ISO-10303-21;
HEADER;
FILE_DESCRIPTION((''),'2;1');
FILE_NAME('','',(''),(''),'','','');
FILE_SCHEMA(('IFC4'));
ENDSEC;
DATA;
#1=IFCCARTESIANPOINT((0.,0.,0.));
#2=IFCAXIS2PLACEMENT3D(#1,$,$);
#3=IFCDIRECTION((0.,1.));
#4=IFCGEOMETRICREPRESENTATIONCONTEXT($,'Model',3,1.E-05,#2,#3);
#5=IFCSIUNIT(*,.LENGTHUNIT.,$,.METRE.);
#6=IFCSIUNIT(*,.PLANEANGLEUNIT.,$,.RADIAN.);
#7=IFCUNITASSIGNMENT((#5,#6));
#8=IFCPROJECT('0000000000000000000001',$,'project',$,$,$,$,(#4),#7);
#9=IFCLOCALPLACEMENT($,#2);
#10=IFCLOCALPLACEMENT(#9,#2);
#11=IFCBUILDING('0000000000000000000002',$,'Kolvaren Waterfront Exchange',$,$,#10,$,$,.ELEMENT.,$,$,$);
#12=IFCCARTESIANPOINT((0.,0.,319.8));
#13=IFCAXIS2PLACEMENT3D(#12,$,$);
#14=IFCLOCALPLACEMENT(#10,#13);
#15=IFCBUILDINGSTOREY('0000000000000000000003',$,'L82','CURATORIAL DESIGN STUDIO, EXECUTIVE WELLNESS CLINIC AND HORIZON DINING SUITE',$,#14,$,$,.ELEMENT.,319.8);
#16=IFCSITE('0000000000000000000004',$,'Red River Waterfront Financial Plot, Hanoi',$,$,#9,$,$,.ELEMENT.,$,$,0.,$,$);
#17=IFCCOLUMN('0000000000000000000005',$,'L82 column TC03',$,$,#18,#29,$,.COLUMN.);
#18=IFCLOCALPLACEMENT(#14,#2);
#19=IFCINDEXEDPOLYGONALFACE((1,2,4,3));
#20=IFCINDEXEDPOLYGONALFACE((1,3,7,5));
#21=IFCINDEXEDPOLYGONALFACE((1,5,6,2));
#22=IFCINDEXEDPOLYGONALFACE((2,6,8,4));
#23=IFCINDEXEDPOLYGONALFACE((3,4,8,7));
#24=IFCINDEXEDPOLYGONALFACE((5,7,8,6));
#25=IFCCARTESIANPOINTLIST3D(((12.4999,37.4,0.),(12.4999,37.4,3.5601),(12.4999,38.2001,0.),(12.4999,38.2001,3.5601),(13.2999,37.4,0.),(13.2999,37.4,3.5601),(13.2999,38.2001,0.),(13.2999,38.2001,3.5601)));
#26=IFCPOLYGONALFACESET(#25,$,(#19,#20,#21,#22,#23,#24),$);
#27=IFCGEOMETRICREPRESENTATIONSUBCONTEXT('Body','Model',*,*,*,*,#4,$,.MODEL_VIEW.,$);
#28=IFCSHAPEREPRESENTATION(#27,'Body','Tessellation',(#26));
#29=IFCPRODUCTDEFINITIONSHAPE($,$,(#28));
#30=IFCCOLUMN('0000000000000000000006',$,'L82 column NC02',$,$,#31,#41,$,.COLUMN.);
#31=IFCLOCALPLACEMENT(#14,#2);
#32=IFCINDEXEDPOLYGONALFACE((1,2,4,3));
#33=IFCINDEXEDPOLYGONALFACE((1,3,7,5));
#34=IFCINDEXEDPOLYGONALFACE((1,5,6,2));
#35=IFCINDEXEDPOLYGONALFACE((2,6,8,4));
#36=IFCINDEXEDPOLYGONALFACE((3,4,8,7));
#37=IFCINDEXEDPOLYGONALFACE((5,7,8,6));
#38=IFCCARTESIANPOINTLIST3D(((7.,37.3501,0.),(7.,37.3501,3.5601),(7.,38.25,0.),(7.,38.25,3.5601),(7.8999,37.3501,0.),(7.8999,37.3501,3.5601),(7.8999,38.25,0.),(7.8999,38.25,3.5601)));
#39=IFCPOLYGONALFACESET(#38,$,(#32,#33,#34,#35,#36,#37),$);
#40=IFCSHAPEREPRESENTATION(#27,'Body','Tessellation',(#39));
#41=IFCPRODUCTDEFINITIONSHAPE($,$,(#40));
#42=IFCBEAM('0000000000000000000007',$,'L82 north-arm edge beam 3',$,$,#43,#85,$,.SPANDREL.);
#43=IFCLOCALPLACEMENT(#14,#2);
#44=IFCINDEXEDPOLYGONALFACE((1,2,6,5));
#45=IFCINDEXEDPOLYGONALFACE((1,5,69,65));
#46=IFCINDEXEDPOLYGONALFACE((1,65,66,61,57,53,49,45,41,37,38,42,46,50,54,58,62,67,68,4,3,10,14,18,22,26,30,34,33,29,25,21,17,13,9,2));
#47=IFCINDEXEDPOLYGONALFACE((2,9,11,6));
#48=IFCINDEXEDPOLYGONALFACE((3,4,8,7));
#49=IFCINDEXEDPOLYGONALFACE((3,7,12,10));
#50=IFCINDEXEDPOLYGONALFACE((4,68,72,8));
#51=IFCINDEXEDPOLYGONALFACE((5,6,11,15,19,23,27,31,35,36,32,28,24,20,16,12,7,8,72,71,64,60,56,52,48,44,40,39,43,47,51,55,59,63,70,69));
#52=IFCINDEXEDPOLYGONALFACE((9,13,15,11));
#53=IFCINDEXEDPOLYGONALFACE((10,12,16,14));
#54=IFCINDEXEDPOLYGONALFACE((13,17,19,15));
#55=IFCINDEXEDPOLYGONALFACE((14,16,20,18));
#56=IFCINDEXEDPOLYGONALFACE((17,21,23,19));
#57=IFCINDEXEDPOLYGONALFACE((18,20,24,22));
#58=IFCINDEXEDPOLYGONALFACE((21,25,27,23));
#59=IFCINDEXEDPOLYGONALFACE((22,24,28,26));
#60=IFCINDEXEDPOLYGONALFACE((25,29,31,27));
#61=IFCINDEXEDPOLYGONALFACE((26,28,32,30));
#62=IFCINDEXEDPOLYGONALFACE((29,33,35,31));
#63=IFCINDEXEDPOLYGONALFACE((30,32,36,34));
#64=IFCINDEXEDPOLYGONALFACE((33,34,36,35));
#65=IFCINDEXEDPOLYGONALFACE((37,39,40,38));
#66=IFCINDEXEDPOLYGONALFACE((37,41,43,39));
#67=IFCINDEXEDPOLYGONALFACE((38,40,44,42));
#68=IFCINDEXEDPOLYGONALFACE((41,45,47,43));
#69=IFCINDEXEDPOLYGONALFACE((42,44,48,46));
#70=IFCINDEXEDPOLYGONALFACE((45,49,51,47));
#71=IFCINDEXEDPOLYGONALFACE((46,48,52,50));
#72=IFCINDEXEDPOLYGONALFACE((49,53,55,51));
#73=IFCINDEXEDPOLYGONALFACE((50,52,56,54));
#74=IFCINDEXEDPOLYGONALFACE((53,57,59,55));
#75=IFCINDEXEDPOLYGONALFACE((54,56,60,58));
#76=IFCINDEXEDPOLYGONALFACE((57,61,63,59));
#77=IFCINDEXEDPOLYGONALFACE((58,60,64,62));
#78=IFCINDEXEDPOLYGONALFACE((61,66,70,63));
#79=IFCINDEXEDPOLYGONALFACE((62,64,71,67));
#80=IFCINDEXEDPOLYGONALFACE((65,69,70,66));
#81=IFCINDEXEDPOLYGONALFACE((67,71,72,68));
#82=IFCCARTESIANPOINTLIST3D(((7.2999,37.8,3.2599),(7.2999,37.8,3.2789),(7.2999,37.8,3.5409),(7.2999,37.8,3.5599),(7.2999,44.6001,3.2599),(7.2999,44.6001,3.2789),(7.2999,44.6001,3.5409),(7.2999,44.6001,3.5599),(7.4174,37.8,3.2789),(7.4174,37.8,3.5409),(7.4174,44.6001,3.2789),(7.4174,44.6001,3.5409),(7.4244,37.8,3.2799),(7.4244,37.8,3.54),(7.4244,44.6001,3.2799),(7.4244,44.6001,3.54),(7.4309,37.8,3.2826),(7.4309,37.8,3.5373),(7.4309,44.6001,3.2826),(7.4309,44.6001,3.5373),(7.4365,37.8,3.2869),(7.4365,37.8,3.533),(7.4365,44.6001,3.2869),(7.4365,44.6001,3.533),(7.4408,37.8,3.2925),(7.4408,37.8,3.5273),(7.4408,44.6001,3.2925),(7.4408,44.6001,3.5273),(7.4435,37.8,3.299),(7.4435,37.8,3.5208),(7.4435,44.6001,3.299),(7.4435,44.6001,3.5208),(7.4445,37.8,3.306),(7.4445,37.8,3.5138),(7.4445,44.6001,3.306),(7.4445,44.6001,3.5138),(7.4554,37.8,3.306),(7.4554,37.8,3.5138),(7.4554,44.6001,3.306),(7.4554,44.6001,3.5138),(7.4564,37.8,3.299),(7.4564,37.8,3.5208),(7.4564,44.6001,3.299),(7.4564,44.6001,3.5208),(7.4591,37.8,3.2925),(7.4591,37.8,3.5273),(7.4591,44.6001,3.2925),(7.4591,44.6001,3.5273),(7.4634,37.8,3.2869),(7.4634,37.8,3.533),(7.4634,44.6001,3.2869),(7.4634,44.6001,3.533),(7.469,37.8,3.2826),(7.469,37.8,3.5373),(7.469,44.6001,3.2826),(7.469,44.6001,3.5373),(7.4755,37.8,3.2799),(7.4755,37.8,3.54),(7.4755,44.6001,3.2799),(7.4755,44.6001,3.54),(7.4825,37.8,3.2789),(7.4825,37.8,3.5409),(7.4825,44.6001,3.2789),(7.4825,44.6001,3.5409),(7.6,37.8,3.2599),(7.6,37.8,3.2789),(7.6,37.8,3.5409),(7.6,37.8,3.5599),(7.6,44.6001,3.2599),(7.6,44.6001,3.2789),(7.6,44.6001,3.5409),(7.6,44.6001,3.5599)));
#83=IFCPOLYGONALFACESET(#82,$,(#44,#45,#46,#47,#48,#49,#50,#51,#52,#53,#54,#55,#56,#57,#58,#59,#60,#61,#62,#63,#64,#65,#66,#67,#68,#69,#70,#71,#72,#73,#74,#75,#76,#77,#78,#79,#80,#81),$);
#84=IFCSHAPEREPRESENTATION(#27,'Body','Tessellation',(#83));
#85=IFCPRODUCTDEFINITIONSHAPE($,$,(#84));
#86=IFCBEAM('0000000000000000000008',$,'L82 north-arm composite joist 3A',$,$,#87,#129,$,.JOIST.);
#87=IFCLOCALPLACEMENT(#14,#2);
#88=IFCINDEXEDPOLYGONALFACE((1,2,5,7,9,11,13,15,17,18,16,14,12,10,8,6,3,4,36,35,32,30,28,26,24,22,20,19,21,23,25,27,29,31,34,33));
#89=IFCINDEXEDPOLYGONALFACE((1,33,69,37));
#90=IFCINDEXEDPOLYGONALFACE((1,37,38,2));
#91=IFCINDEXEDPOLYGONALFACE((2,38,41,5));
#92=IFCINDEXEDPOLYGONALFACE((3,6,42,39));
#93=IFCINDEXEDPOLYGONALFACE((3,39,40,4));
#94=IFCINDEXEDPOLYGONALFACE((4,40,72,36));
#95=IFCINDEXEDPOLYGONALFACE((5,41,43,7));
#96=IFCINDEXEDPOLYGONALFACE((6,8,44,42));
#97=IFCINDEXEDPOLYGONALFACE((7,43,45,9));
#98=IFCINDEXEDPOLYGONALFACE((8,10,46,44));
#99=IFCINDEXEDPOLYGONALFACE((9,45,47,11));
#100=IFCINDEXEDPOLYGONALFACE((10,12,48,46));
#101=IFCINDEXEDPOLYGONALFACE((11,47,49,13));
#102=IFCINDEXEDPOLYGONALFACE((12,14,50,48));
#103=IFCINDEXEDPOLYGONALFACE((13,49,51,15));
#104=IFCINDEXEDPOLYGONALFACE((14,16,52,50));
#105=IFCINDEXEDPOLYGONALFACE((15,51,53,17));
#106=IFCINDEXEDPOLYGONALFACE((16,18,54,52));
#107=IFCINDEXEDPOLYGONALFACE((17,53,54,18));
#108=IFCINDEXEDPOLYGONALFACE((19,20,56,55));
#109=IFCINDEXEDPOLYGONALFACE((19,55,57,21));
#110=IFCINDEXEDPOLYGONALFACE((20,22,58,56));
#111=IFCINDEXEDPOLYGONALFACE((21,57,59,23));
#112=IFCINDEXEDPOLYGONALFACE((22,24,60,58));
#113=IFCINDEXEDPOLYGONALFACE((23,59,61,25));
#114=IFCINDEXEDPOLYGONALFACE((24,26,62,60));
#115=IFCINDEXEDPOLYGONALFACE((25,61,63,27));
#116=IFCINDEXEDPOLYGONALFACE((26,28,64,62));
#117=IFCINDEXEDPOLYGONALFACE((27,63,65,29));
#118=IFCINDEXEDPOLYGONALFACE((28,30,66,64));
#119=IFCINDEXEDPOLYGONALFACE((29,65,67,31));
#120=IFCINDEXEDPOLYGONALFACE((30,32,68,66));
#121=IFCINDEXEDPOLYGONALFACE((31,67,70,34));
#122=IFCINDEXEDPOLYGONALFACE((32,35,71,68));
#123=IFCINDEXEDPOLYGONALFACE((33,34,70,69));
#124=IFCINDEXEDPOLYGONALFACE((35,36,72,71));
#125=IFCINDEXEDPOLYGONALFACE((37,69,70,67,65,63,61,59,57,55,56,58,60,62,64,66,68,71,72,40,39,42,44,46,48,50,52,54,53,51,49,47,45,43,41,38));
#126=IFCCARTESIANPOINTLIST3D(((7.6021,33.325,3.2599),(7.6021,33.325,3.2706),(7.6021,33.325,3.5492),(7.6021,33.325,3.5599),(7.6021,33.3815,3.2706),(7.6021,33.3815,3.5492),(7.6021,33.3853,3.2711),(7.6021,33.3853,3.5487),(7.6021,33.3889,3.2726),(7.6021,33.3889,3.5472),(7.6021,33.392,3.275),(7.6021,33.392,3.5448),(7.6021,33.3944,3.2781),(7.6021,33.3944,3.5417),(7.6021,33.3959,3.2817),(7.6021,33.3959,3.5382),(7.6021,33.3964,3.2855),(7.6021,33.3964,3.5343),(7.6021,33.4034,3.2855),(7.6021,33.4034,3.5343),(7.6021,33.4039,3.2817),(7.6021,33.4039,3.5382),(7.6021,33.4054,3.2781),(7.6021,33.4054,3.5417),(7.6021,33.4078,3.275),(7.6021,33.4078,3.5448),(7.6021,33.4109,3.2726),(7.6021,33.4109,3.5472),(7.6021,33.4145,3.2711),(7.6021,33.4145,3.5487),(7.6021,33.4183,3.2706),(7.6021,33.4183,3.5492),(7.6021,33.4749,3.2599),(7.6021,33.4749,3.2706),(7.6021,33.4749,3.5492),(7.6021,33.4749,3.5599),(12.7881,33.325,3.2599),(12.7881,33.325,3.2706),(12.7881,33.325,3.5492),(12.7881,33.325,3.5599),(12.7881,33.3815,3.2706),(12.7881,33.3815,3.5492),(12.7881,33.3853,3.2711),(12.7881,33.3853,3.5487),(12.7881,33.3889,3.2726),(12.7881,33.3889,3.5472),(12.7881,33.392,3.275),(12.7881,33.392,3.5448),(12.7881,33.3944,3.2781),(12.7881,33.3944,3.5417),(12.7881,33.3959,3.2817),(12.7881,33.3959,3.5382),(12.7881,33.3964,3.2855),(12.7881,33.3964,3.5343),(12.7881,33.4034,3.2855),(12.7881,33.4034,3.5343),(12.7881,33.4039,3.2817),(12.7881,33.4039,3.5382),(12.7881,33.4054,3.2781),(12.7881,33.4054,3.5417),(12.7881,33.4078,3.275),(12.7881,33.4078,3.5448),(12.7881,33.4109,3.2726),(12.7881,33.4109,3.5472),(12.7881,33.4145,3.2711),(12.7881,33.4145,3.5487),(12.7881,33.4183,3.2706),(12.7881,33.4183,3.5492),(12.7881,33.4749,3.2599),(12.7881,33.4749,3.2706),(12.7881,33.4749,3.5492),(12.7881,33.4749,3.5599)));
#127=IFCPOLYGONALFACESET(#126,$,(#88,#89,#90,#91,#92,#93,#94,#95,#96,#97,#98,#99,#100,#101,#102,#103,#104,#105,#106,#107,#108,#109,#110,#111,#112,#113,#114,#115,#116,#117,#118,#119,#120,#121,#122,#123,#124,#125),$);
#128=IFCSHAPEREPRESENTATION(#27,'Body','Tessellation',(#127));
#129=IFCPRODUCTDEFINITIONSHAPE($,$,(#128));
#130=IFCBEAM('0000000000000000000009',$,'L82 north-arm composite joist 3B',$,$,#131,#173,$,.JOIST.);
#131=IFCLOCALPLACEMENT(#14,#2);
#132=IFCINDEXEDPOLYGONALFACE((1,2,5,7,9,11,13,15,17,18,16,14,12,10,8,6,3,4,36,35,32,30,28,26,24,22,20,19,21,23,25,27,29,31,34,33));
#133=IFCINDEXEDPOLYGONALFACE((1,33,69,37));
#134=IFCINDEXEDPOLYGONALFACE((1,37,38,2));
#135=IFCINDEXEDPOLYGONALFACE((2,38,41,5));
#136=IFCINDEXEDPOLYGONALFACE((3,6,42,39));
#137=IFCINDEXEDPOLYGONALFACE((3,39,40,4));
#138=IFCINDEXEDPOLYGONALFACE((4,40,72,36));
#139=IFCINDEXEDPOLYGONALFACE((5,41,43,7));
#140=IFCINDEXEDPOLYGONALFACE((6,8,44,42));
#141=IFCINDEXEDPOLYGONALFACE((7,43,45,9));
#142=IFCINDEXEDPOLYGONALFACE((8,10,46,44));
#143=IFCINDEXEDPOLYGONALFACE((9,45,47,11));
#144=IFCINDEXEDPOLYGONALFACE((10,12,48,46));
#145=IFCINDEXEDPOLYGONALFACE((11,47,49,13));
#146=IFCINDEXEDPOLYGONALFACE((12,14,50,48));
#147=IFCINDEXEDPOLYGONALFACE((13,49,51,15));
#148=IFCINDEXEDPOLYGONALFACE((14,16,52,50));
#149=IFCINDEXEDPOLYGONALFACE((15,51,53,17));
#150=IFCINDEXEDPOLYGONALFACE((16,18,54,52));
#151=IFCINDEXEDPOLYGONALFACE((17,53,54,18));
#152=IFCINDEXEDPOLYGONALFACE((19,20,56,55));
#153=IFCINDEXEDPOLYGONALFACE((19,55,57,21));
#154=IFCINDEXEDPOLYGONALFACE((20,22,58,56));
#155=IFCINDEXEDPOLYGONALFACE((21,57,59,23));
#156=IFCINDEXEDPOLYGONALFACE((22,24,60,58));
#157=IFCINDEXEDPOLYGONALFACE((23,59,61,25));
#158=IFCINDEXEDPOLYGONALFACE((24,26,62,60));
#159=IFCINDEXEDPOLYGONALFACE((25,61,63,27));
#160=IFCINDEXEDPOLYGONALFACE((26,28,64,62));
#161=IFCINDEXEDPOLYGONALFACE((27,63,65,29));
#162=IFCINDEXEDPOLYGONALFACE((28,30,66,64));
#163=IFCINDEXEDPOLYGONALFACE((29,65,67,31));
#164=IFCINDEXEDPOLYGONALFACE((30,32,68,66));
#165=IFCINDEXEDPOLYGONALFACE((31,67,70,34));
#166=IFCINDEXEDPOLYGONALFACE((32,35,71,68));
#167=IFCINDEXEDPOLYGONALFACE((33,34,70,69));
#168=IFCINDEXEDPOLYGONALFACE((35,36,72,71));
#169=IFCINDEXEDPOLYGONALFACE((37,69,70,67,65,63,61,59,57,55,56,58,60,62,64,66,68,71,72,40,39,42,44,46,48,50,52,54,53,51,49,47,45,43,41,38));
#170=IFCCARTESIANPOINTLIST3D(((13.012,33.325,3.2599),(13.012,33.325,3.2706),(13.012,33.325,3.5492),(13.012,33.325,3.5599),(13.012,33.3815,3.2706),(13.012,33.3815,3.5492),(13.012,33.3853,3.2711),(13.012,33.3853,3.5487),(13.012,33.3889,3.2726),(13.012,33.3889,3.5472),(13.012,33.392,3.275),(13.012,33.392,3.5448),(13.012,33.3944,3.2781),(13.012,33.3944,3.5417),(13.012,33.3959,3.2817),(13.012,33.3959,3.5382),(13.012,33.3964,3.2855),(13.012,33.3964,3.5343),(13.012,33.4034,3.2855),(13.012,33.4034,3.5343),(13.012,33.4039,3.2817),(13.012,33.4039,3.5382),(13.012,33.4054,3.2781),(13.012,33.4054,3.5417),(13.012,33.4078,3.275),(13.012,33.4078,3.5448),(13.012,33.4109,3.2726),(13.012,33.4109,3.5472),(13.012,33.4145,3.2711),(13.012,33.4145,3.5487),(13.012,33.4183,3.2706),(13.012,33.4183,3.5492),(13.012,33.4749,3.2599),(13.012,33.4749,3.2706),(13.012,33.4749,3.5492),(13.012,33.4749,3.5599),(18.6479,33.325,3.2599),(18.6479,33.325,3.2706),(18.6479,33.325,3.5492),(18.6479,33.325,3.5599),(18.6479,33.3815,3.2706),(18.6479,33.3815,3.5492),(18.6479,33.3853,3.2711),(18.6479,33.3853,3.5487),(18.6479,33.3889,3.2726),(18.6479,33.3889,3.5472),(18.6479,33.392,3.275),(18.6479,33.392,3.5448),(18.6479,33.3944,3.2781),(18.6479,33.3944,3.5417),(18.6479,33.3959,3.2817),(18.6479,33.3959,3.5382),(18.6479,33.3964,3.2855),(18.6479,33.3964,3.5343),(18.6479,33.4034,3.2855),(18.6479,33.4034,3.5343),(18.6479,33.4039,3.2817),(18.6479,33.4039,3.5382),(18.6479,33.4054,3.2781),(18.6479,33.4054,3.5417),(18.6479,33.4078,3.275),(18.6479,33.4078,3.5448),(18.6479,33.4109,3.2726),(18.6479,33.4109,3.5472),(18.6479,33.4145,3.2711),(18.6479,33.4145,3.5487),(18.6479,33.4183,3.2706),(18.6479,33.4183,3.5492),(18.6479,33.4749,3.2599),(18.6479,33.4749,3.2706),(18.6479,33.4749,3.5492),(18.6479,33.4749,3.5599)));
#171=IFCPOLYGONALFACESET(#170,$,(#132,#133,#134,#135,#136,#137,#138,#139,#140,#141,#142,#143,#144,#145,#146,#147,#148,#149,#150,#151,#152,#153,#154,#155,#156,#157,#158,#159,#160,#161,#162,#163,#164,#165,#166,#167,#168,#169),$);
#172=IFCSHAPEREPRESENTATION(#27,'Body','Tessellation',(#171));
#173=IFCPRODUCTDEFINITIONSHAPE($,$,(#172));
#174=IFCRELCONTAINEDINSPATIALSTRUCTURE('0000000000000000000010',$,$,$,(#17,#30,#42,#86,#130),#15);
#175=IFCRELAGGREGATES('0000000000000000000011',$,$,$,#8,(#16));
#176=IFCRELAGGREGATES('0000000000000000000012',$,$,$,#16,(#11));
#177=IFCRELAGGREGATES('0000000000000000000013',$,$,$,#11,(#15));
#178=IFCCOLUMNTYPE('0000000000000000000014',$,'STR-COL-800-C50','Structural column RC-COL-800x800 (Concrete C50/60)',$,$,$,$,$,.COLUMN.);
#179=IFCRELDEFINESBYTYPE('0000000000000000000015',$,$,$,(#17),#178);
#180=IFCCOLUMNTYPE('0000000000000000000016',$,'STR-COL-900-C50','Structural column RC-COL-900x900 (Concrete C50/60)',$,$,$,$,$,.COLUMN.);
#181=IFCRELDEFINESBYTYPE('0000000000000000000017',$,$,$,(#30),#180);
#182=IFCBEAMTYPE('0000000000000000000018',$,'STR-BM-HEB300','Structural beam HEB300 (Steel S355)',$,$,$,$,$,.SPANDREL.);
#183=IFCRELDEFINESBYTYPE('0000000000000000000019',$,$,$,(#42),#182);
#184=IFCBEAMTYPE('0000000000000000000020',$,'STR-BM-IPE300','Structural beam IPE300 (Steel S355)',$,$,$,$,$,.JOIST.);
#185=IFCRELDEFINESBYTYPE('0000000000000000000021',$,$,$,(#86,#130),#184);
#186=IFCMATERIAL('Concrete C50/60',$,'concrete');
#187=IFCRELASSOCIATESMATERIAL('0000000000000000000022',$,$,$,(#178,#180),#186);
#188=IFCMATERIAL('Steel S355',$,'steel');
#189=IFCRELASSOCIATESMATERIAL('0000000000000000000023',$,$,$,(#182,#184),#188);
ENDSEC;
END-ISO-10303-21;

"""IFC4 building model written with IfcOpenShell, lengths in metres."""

from ifc_helpers import new_model, si_unit, direction, frame, origin, origin_2d, place, context, subcontext, project, spatial, rectangle, i_section, extrude, material, material_profile, profile_set, type_object, element, save


model = new_model("IFC4")

# Units and contexts
model_context = context("Model", 3, precision=1e-05, world=origin(), true_north=direction((0.0, 1.0)))
body_context = subcontext(model_context, "Body", "Model", "MODEL_VIEW")
ifc_project = project(units=[si_unit("LENGTHUNIT", "METRE"), si_unit("PLANEANGLEUNIT", "RADIAN")], contexts=[model_context])

# Site, building, storey
site_placement = place(None, origin())
site = spatial("IfcSite", under=ifc_project, at=site_placement, Name="Red River Waterfront Financial Plot, Hanoi", CompositionType="ELEMENT", RefElevation=0.0)
building_placement = place(site_placement, origin())
building = spatial("IfcBuilding", under=site, at=building_placement, Name="Kolvaren Waterfront Exchange", CompositionType="ELEMENT")
storey_placement = place(building_placement, frame((0.0, 0.0, 319.8)))
storey = spatial("IfcBuildingStorey", under=building, at=storey_placement, Name="L82", Description="CURATORIAL DESIGN STUDIO, EXECUTIVE WELLNESS CLINIC AND HORIZON DINING SUITE", CompositionType="ELEMENT", Elevation=319.8)

# Columns
ifc_material_1 = material(Name="Concrete C50/60", Category="concrete")
ifc_material_profile_1 = material_profile(ifc_material_1, rectangle(XDim=0.8, YDim=0.8, at=origin_2d()), Name="RC-COL-800x800")
ifc_profile_set_1 = profile_set([ifc_material_profile_1], Name="Concrete C50/60")
column_type_1 = type_object("IfcColumnType", Name="STR-COL-800-C50", Description="Structural column RC-COL-800x800 (Concrete C50/60)", PredefinedType="COLUMN", material=ifc_profile_set_1)
column_1_placement = place(storey_placement, frame((12.8999, 37.8, 0.0), z_axis=(0.0, 0.0, 1.0), x_axis=(1.0, 0.0, 0.0)))
element("IfcColumn", 1, at=column_1_placement, inside=storey, type_object=column_type_1, Name="L82 column TC03", PredefinedType="COLUMN", context=body_context, shape_type="SweptSolid", body=[
    extrude(rectangle(XDim=0.8, YDim=0.8, at=origin_2d()), origin(), (0.0, 0.0, 1.0), 3.5601),
])
ifc_material_profile_2 = material_profile(ifc_material_1, rectangle(XDim=0.8999, YDim=0.8999, at=origin_2d()), Name="RC-COL-900x900")
ifc_profile_set_2 = profile_set([ifc_material_profile_2], Name="Concrete C50/60")
column_type_2 = type_object("IfcColumnType", Name="STR-COL-900-C50", Description="Structural column RC-COL-900x900 (Concrete C50/60)", PredefinedType="COLUMN", material=ifc_profile_set_2)
column_2_placement = place(storey_placement, frame((7.45, 37.8, 0.0), z_axis=(0.0, 0.0, 1.0), x_axis=(1.0, 0.0, 0.0)))
element("IfcColumn", 2, at=column_2_placement, inside=storey, type_object=column_type_2, Name="L82 column NC02", PredefinedType="COLUMN", context=body_context, shape_type="SweptSolid", body=[
    extrude(rectangle(XDim=0.8999, YDim=0.8999, at=origin_2d()), origin(), (0.0, 0.0, 1.0), 3.5601),
])

# Beams
ifc_material_2 = material(Name="Steel S355", Category="steel")
ifc_material_profile_3 = material_profile(ifc_material_2, i_section(OverallWidth=0.3, OverallDepth=0.3, WebThickness=0.011, FlangeThickness=0.019, FilletRadius=0.0271, at=origin_2d()), Name="HEB300")
ifc_profile_set_3 = profile_set([ifc_material_profile_3], Name="Steel S355")
beam_type_1 = type_object("IfcBeamType", Name="STR-BM-HEB300", Description="Structural beam HEB300 (Steel S355)", PredefinedType="SPANDREL", material=ifc_profile_set_3)
beam_1_placement = place(storey_placement, frame((7.45, 37.8, 3.4099), z_axis=(0.0, 1.0, 0.0), x_axis=(-1.0, 0.0, 0.0)))
element("IfcBeam", 3, at=beam_1_placement, inside=storey, type_object=beam_type_1, Name="L82 north-arm edge beam 3", PredefinedType="SPANDREL", context=body_context, shape_type="SweptSolid", body=[
    extrude(i_section(OverallWidth=0.3, OverallDepth=0.3, WebThickness=0.011, FlangeThickness=0.019, FilletRadius=0.0271, at=origin_2d()), origin(), (0.0, 0.0, 1.0), 6.8),
])
ifc_material_profile_4 = material_profile(ifc_material_2, i_section(OverallWidth=0.1499, OverallDepth=0.3, WebThickness=0.0071, FlangeThickness=0.0107, FilletRadius=0.0149, at=origin_2d()), Name="IPE300")
ifc_profile_set_4 = profile_set([ifc_material_profile_4], Name="Steel S355")
beam_type_2 = type_object("IfcBeamType", Name="STR-BM-IPE300", Description="Structural beam IPE300 (Steel S355)", PredefinedType="JOIST", material=ifc_profile_set_4)
beam_2_placement = place(storey_placement, frame((7.6021, 33.3999, 3.4099), z_axis=(1.0, 0.0, 0.0), x_axis=(0.0, 1.0, 0.0)))
element("IfcBeam", 4, at=beam_2_placement, inside=storey, type_object=beam_type_2, Name="L82 north-arm composite joist 3A", PredefinedType="JOIST", context=body_context, shape_type="SweptSolid", body=[
    extrude(i_section(OverallWidth=0.1499, OverallDepth=0.3, WebThickness=0.0071, FlangeThickness=0.0107, FilletRadius=0.0149, at=origin_2d()), origin(), (0.0, 0.0, 1.0), 5.186),
])
beam_3_placement = place(storey_placement, frame((13.012, 33.3999, 3.4099), z_axis=(1.0, 0.0, 0.0), x_axis=(0.0, 1.0, 0.0)))
element("IfcBeam", 5, at=beam_3_placement, inside=storey, type_object=beam_type_2, Name="L82 north-arm composite joist 3B", PredefinedType="JOIST", context=body_context, shape_type="SweptSolid", body=[
    extrude(i_section(OverallWidth=0.1499, OverallDepth=0.3, WebThickness=0.0071, FlangeThickness=0.0107, FilletRadius=0.0149, at=origin_2d()), origin(), (0.0, 0.0, 1.0), 5.636),
])

save(model, "model.ifc")
